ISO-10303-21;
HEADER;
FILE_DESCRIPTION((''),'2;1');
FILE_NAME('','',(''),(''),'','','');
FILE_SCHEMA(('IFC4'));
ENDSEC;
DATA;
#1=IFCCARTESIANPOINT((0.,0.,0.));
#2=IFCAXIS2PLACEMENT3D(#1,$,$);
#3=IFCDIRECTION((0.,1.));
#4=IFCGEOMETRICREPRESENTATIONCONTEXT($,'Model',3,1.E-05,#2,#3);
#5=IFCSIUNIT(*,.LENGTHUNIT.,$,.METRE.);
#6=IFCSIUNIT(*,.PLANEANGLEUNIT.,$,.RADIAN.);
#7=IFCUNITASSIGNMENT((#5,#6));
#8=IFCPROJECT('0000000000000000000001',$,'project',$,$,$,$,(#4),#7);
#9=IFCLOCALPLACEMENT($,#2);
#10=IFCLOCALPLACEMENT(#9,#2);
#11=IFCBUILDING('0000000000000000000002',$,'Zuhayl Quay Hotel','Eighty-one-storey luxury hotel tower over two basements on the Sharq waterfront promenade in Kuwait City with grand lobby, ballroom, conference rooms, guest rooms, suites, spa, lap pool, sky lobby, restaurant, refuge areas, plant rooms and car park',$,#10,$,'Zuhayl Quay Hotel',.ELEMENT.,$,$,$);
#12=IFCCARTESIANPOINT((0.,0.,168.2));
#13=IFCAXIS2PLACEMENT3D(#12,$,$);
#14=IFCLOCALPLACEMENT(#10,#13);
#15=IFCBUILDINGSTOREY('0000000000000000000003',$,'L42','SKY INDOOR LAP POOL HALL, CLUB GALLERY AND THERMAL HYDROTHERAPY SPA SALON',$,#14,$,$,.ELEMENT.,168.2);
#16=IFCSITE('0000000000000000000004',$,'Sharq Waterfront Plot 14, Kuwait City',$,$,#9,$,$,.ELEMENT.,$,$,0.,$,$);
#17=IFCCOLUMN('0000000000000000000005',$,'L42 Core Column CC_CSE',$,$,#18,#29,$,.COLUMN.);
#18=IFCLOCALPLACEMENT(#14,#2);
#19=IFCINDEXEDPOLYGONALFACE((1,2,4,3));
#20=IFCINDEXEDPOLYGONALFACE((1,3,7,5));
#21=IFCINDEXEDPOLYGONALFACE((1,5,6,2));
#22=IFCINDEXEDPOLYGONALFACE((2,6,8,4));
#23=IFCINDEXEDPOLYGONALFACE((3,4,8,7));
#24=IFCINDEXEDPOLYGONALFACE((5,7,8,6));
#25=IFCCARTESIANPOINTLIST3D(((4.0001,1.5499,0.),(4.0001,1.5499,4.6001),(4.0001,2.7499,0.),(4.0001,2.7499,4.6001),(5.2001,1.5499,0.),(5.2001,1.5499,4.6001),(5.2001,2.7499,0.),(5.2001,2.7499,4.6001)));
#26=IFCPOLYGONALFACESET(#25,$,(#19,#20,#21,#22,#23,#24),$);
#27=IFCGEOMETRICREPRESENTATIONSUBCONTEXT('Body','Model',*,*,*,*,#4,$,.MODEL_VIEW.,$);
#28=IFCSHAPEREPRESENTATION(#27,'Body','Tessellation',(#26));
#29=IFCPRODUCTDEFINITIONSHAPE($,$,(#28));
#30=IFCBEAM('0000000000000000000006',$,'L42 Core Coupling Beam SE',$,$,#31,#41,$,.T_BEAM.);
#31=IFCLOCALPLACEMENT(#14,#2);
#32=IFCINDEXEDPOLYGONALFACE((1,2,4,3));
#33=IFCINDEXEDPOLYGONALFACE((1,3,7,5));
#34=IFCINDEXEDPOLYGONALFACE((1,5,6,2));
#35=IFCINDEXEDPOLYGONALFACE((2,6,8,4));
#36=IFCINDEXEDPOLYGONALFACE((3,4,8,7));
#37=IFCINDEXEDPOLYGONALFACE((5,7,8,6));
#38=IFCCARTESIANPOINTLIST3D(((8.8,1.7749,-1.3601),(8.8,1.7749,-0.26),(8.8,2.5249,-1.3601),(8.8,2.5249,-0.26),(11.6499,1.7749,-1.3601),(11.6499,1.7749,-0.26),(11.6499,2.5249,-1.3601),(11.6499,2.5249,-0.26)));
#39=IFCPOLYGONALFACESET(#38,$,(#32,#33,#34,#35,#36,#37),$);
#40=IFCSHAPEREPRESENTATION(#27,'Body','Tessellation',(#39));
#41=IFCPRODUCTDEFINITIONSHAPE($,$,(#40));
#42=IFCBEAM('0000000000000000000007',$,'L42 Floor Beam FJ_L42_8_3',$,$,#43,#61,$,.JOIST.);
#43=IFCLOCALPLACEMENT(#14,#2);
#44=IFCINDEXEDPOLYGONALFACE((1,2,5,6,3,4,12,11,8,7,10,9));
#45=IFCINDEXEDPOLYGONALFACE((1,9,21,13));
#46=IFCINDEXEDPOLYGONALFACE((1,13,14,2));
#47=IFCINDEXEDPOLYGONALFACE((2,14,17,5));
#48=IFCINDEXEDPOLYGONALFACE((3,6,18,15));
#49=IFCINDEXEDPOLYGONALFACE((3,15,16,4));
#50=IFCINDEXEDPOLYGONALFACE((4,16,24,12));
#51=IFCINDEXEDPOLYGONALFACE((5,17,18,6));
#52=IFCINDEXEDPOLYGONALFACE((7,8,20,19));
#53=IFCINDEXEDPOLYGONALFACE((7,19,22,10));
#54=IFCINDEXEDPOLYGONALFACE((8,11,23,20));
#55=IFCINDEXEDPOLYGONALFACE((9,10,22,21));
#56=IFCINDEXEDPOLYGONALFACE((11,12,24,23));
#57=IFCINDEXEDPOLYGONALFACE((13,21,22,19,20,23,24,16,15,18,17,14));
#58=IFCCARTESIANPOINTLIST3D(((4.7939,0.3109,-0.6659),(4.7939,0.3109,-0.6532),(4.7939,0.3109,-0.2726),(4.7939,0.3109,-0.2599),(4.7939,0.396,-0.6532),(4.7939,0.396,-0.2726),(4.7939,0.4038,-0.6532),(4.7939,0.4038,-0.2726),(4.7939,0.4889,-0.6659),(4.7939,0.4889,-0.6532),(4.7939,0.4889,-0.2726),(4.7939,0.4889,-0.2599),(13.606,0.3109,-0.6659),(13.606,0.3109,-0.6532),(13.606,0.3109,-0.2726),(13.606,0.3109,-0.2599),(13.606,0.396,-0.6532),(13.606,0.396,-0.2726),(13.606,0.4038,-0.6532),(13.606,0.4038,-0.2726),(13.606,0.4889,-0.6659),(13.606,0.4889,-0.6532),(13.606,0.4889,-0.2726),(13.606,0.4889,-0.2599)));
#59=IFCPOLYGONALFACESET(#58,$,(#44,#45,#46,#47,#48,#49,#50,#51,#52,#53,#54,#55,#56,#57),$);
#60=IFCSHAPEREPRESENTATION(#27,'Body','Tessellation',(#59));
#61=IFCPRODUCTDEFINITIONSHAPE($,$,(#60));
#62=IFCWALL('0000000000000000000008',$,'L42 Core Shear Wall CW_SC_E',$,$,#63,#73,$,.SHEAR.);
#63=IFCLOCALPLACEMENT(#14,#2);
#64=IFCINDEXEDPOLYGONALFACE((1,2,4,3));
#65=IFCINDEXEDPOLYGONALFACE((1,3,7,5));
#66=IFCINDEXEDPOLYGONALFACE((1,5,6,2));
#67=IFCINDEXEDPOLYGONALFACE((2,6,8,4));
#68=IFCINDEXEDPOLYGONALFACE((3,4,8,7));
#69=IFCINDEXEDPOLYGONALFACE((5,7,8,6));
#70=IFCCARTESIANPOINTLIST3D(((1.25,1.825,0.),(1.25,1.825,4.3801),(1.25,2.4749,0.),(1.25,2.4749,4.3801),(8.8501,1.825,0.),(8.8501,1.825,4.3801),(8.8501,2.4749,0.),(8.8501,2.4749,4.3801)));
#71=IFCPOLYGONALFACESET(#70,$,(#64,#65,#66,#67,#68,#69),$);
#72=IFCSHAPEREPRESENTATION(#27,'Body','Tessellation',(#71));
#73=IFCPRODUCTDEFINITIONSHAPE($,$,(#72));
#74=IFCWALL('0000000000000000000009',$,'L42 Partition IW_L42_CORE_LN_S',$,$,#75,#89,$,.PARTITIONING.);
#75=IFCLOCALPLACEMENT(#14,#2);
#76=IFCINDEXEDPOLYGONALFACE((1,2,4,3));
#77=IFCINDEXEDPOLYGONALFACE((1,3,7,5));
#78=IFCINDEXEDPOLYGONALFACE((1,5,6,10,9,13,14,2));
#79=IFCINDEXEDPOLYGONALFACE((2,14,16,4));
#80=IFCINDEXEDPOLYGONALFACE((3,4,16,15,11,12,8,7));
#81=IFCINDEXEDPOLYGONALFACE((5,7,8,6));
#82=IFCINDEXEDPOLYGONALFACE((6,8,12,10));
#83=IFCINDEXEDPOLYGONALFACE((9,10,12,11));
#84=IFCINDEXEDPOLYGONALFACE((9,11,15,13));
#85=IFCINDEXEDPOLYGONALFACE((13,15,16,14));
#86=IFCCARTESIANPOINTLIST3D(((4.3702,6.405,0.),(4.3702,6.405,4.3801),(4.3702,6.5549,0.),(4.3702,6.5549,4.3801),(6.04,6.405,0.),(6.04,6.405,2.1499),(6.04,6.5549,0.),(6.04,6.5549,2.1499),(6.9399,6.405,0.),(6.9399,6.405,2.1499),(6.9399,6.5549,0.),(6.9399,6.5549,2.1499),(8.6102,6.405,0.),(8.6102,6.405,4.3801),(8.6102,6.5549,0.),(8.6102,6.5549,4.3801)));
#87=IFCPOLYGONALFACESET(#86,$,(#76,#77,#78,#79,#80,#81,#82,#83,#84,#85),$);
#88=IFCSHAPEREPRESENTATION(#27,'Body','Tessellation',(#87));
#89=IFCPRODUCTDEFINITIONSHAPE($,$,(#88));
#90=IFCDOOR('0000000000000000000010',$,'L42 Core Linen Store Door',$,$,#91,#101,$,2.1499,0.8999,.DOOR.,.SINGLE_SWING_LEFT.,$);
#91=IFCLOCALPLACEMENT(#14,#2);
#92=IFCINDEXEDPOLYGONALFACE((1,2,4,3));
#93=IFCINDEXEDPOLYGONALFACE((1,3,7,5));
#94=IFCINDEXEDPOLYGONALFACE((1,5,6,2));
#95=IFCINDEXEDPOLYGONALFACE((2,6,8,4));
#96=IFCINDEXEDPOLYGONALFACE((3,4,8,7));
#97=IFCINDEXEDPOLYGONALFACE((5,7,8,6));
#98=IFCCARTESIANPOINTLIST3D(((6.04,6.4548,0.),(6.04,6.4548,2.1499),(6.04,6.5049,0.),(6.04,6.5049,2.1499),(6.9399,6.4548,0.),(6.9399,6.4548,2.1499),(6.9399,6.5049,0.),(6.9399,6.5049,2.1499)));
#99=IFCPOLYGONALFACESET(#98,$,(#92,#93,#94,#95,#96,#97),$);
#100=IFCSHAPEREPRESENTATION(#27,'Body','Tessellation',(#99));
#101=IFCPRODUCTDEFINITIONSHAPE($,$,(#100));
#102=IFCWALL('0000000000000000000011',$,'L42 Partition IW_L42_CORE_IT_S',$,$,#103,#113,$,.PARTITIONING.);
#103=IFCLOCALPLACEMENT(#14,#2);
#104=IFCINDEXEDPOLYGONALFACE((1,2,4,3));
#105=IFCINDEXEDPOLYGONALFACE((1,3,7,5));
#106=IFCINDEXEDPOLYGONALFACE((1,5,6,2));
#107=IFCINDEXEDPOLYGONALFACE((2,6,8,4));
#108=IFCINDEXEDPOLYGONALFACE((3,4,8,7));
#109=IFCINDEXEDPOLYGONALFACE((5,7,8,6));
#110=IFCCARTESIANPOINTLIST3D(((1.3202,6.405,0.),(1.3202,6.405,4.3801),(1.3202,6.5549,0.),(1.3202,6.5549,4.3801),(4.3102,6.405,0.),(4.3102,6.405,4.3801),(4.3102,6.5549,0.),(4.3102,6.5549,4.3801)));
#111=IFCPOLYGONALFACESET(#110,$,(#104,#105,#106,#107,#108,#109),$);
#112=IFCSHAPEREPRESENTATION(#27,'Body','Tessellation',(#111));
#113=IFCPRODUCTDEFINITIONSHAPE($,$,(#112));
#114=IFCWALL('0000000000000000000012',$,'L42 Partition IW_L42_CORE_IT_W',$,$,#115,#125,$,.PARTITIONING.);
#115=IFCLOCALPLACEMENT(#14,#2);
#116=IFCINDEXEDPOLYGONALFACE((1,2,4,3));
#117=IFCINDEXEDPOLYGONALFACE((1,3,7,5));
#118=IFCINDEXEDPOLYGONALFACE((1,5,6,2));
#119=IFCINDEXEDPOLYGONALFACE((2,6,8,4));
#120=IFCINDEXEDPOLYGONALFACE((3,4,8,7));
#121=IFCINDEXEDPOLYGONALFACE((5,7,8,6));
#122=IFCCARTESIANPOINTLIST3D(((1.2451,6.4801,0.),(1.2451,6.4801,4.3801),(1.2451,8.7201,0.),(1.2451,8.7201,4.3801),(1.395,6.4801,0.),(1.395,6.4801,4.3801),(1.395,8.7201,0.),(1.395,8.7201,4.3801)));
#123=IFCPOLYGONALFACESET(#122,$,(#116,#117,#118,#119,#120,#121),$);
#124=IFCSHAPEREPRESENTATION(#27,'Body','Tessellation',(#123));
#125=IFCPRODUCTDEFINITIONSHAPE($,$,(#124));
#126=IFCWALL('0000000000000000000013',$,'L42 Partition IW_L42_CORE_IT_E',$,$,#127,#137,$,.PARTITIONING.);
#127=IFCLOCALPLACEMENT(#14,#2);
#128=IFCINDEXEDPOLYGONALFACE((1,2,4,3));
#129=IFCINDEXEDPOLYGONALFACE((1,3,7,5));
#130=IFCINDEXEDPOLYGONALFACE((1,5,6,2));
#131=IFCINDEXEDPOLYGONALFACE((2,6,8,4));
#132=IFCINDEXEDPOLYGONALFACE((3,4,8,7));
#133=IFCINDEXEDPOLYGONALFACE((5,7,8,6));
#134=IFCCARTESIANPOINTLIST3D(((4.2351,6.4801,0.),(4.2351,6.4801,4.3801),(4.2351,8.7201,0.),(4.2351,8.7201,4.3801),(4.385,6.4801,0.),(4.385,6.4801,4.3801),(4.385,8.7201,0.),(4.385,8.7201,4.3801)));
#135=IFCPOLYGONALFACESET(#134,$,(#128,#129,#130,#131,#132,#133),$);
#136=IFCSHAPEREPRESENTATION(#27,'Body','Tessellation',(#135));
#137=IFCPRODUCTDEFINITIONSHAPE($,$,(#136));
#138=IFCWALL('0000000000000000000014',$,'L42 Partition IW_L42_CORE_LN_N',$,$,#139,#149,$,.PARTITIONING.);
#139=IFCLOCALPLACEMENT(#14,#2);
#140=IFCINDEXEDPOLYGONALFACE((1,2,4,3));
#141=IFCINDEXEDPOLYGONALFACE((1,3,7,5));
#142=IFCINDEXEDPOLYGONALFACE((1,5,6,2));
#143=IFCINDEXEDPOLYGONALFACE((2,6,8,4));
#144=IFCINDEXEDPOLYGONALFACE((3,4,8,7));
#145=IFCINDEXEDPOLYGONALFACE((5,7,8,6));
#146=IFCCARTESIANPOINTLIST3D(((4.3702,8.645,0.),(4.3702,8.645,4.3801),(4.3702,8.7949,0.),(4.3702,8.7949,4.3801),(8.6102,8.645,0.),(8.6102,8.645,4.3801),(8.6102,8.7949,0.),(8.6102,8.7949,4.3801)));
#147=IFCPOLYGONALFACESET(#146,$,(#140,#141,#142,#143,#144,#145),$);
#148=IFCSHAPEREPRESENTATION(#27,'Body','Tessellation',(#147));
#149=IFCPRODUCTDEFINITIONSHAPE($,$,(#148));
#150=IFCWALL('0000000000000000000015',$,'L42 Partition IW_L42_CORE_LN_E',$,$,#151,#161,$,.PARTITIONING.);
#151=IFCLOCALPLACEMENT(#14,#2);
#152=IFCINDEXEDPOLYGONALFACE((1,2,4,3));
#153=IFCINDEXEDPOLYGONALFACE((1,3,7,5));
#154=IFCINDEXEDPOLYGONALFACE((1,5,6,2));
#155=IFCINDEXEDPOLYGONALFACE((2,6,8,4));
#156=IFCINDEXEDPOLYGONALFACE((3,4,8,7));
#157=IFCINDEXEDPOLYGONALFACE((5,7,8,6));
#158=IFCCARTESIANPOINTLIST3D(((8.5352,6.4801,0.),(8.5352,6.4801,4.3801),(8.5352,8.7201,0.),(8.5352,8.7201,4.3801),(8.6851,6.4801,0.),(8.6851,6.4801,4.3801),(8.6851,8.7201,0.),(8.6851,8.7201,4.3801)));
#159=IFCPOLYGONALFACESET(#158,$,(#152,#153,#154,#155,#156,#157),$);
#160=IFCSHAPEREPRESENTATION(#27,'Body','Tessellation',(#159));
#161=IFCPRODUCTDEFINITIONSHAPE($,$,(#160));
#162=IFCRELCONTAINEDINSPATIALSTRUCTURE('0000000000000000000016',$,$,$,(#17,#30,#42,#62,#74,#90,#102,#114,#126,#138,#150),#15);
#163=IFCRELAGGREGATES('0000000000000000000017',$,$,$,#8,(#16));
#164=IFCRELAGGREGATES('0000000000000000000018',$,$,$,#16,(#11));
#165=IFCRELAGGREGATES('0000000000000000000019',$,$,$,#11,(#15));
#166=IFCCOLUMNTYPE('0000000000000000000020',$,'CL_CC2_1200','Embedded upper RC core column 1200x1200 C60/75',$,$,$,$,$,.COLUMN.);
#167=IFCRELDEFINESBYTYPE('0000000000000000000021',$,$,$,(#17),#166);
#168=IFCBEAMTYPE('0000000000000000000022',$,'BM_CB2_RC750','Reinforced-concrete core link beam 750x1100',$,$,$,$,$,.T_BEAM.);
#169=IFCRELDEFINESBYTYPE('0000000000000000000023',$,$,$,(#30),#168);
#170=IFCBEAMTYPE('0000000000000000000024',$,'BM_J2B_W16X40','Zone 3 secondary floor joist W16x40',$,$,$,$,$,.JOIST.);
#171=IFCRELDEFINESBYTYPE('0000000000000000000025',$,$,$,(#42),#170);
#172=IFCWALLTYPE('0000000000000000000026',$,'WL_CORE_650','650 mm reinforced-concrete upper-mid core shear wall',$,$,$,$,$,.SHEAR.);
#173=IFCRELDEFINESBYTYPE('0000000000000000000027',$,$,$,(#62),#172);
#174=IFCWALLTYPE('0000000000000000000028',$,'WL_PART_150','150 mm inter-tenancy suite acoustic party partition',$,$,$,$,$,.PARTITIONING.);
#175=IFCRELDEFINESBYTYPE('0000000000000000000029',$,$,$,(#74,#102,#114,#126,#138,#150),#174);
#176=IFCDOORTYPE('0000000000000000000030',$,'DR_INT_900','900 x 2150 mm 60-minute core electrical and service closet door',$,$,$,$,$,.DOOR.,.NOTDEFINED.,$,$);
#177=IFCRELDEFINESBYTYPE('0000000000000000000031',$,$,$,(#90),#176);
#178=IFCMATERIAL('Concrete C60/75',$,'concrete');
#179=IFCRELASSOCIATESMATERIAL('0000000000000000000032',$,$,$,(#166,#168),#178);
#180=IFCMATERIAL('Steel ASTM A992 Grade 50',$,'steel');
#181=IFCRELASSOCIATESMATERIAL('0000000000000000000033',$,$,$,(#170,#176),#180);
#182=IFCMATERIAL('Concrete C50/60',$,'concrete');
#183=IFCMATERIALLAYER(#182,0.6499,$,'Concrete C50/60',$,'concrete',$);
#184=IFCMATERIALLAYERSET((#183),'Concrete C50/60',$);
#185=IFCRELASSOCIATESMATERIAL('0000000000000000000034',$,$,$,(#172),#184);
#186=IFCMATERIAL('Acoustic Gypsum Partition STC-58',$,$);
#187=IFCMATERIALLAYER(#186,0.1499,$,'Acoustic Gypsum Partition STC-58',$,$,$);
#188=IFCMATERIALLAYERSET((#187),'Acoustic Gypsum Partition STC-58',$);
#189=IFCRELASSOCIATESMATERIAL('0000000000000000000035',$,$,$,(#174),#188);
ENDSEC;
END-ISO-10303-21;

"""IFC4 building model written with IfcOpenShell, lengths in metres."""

from ifc_helpers import new_model, si_unit, direction, frame, frame_2d, origin, origin_2d, place, context, subcontext, project, spatial, rectangle, i_section, extrude, material, layer, layer_set, material_profile, profile_set, type_object, element, fill, save


model = new_model("IFC4")

# Units and contexts
model_context = context("Model", 3, precision=1e-05, world=origin(), true_north=direction((0.0, 1.0)))
body_context = subcontext(model_context, "Body", "Model", "MODEL_VIEW")
ifc_project = project(units=[si_unit("LENGTHUNIT", "METRE"), si_unit("PLANEANGLEUNIT", "RADIAN")], contexts=[model_context])

# Site, building, storey
site_placement = place(None, origin())
site = spatial("IfcSite", under=ifc_project, at=site_placement, Name="Sharq Waterfront Plot 14, Kuwait City", CompositionType="ELEMENT", RefElevation=0.0)
building_placement = place(site_placement, origin())
building = spatial("IfcBuilding", under=site, at=building_placement, Name="Zuhayl Quay Hotel", Description="Eighty-one-storey luxury hotel tower over two basements on the Sharq waterfront promenade in Kuwait City with grand lobby, ballroom, conference rooms, guest rooms, suites, spa, lap pool, sky lobby, restaurant, refuge areas, plant rooms and car park", LongName="Zuhayl Quay Hotel", CompositionType="ELEMENT")
storey_placement = place(building_placement, frame((0.0, 0.0, 168.2)))
storey = spatial("IfcBuildingStorey", under=building, at=storey_placement, Name="L42", Description="SKY INDOOR LAP POOL HALL, CLUB GALLERY AND THERMAL HYDROTHERAPY SPA SALON", CompositionType="ELEMENT", Elevation=168.2)

# Column
ifc_material_1 = material(Name="Concrete C60/75", Category="concrete")
ifc_material_profile_1 = material_profile(ifc_material_1, rectangle(XDim=1.2, YDim=1.2, at=origin_2d()), Name="RC1200X1200")
ifc_profile_set_1 = profile_set([ifc_material_profile_1], Name="Concrete C60/75")
column_type = type_object("IfcColumnType", Name="CL_CC2_1200", Description="Embedded upper RC core column 1200x1200 C60/75", PredefinedType="COLUMN", material=ifc_profile_set_1)
column_placement = place(storey_placement, frame((4.6001, 2.1499, 0.0), z_axis=(0.0, 0.0, 1.0), x_axis=(1.0, 0.0, 0.0)))
element("IfcColumn", 1, at=column_placement, inside=storey, type_object=column_type, Name="L42 Core Column CC_CSE", PredefinedType="COLUMN", context=body_context, shape_type="SweptSolid", body=[
    extrude(rectangle(XDim=1.2, YDim=1.2, at=origin_2d()), origin(), (0.0, 0.0, 1.0), 4.6001),
])

# Beams
ifc_material_profile_2 = material_profile(ifc_material_1, rectangle(XDim=0.75, YDim=1.1001, at=origin_2d()), Name="RC750X1100")
ifc_profile_set_2 = profile_set([ifc_material_profile_2], Name="Concrete C60/75")
beam_type_1 = type_object("IfcBeamType", Name="BM_CB2_RC750", Description="Reinforced-concrete core link beam 750x1100", PredefinedType="T_BEAM", material=ifc_profile_set_2)
beam_1_placement = place(storey_placement, frame((8.8, 2.1499, -0.8101), z_axis=(1.0, 0.0, 0.0), x_axis=(0.0, 1.0, 0.0)))
element("IfcBeam", 2, at=beam_1_placement, inside=storey, type_object=beam_type_1, Name="L42 Core Coupling Beam SE", PredefinedType="T_BEAM", context=body_context, shape_type="SweptSolid", body=[
    extrude(rectangle(XDim=0.75, YDim=1.1001, at=origin_2d()), origin(), (0.0, 0.0, 1.0), 2.8499),
])
ifc_material_2 = material(Name="Steel ASTM A992 Grade 50", Category="steel")
ifc_material_profile_3 = material_profile(ifc_material_2, i_section(OverallWidth=0.178, OverallDepth=0.406, WebThickness=0.0078, FlangeThickness=0.0127, at=origin_2d()), Name="W16X40")
ifc_profile_set_3 = profile_set([ifc_material_profile_3], Name="Steel ASTM A992 Grade 50")
beam_type_2 = type_object("IfcBeamType", Name="BM_J2B_W16X40", Description="Zone 3 secondary floor joist W16x40", PredefinedType="JOIST", material=ifc_profile_set_3)
beam_2_placement = place(storey_placement, frame((4.7939, 0.3999, -0.4629), z_axis=(1.0, 0.0, 0.0), x_axis=(0.0, 1.0, 0.0)))
element("IfcBeam", 3, at=beam_2_placement, inside=storey, type_object=beam_type_2, Name="L42 Floor Beam FJ_L42_8_3", PredefinedType="JOIST", context=body_context, shape_type="SweptSolid", body=[
    extrude(i_section(OverallWidth=0.178, OverallDepth=0.406, WebThickness=0.0078, FlangeThickness=0.0127, at=origin_2d()), origin(), (0.0, 0.0, 1.0), 8.812),
])

# Wall
ifc_material_3 = material(Name="Concrete C50/60", Category="concrete")
ifc_layer_1 = layer(ifc_material_3, 0.6499, Name="Concrete C50/60", Category="concrete")
ifc_layer_set_1 = layer_set([ifc_layer_1], Name="Concrete C50/60")
wall_type_1 = type_object("IfcWallType", Name="WL_CORE_650", Description="650 mm reinforced-concrete upper-mid core shear wall", PredefinedType="SHEAR", material=ifc_layer_set_1)
wall_1_placement = place(storey_placement, frame((1.25, 2.1499, 0.0), z_axis=(0.0, 0.0, 1.0), x_axis=(1.0, 0.0, 0.0)))
element("IfcWall", 4, at=wall_1_placement, inside=storey, type_object=wall_type_1, Name="L42 Core Shear Wall CW_SC_E", PredefinedType="SHEAR", context=body_context, shape_type="SweptSolid", body=[
    extrude(rectangle(XDim=7.6001, YDim=0.6499, at=frame_2d((3.8, 0.0))), origin(), (0.0, 0.0, 1.0), 4.3801),
])

# Wall, opening, door
ifc_material_4 = material(Name="Acoustic Gypsum Partition STC-58")
ifc_layer_2 = layer(ifc_material_4, 0.1499, Name="Acoustic Gypsum Partition STC-58")
ifc_layer_set_2 = layer_set([ifc_layer_2], Name="Acoustic Gypsum Partition STC-58")
wall_type_2 = type_object("IfcWallType", Name="WL_PART_150", Description="150 mm inter-tenancy suite acoustic party partition", PredefinedType="PARTITIONING", material=ifc_layer_set_2)
door_type_1 = type_object("IfcDoorType", Name="DR_INT_900", Description="900 x 2150 mm 60-minute core electrical and service closet door", OperationType="NOTDEFINED", PredefinedType="DOOR", material=ifc_material_2)
wall_2_placement = place(storey_placement, frame((4.3701, 6.48, 0.0), z_axis=(0.0, 0.0, 1.0), x_axis=(1.0, 0.0, 0.0)))
wall_2 = element("IfcWall", 5, at=wall_2_placement, inside=storey, type_object=wall_type_2, Name="L42 Partition IW_L42_CORE_LN_S", PredefinedType="PARTITIONING", context=body_context, shape_type="SweptSolid", body=[
    extrude(rectangle(XDim=4.24, YDim=0.1499, at=frame_2d((2.1201, 0.0))), origin(), (0.0, 0.0, 1.0), 4.3801),
])
opening_1_placement = place(wall_2_placement, frame((1.6699, 0.0, 0.0)))
opening_1 = element("IfcOpeningElement", 6, at=opening_1_placement, cuts=wall_2, PredefinedType="OPENING", context=body_context, shape_type="SweptSolid", body=[
    extrude(rectangle(XDim=0.8999, YDim=2.1499, at=frame_2d((0.45, 1.075))), frame((0.0, 0.085, 0.0), z_axis=(0.0, -1.0, 0.0), x_axis=(1.0, 0.0, 0.0)), (0.0, 0.0, 1.0), 0.1699),
])
door_1_placement = place(opening_1_placement, origin())
door_1 = element("IfcDoor", 7, at=door_1_placement, inside=storey, type_object=door_type_1, Name="L42 Core Linen Store Door", OperationType="SINGLE_SWING_LEFT", OverallHeight=2.1499, OverallWidth=0.8999, PredefinedType="DOOR", context=body_context, shape_type="SweptSolid", body=[
    extrude(rectangle(XDim=0.8999, YDim=2.1499, at=frame_2d((0.45, 1.075))), frame((0.0, 0.0249, 0.0), z_axis=(0.0, -1.0, 0.0), x_axis=(1.0, 0.0, 0.0)), (0.0, 0.0, 1.0), 0.05),
])
fill(opening_1, door_1)

# Walls
wall_3_placement = place(storey_placement, frame((1.3201, 6.48, 0.0), z_axis=(0.0, 0.0, 1.0), x_axis=(1.0, 0.0, 0.0)))
element("IfcWall", 8, at=wall_3_placement, inside=storey, type_object=wall_type_2, Name="L42 Partition IW_L42_CORE_IT_S", PredefinedType="PARTITIONING", context=body_context, shape_type="SweptSolid", body=[
    extrude(rectangle(XDim=2.99, YDim=0.1499, at=frame_2d((1.4951, 0.0))), origin(), (0.0, 0.0, 1.0), 4.3801),
])
for number, where, z_axis, x_axis, name in (
    (9, (1.3201, 6.48, 0.0), (0.0, 0.0, 1.0), (0.0, 1.0, 0.0), "L42 Partition IW_L42_CORE_IT_W"),
    (10, (4.3101, 6.48, 0.0), (0.0, 0.0, 1.0), (0.0, 1.0, 0.0), "L42 Partition IW_L42_CORE_IT_E"),
):
    element("IfcWall", number, at=place(storey_placement, frame(where, z_axis=z_axis, x_axis=x_axis)), inside=storey, type_object=wall_type_2, Name=name, PredefinedType="PARTITIONING", context=body_context, shape_type="SweptSolid", body=[
        extrude(rectangle(XDim=2.24, YDim=0.1499, at=frame_2d((1.1201, 0.0))), origin(), (0.0, 0.0, 1.0), 4.3801),
    ])
wall_4_placement = place(storey_placement, frame((4.3701, 8.72, 0.0), z_axis=(0.0, 0.0, 1.0), x_axis=(1.0, 0.0, 0.0)))
element("IfcWall", 11, at=wall_4_placement, inside=storey, type_object=wall_type_2, Name="L42 Partition IW_L42_CORE_LN_N", PredefinedType="PARTITIONING", context=body_context, shape_type="SweptSolid", body=[
    extrude(rectangle(XDim=4.24, YDim=0.1499, at=frame_2d((2.1201, 0.0))), origin(), (0.0, 0.0, 1.0), 4.3801),
])
wall_5_placement = place(storey_placement, frame((8.6101, 6.48, 0.0), z_axis=(0.0, 0.0, 1.0), x_axis=(0.0, 1.0, 0.0)))
element("IfcWall", 12, at=wall_5_placement, inside=storey, type_object=wall_type_2, Name="L42 Partition IW_L42_CORE_LN_E", PredefinedType="PARTITIONING", context=body_context, shape_type="SweptSolid", body=[
    extrude(rectangle(XDim=2.24, YDim=0.1499, at=frame_2d((1.1201, 0.0))), origin(), (0.0, 0.0, 1.0), 4.3801),
])

save(model, "model.ifc")
